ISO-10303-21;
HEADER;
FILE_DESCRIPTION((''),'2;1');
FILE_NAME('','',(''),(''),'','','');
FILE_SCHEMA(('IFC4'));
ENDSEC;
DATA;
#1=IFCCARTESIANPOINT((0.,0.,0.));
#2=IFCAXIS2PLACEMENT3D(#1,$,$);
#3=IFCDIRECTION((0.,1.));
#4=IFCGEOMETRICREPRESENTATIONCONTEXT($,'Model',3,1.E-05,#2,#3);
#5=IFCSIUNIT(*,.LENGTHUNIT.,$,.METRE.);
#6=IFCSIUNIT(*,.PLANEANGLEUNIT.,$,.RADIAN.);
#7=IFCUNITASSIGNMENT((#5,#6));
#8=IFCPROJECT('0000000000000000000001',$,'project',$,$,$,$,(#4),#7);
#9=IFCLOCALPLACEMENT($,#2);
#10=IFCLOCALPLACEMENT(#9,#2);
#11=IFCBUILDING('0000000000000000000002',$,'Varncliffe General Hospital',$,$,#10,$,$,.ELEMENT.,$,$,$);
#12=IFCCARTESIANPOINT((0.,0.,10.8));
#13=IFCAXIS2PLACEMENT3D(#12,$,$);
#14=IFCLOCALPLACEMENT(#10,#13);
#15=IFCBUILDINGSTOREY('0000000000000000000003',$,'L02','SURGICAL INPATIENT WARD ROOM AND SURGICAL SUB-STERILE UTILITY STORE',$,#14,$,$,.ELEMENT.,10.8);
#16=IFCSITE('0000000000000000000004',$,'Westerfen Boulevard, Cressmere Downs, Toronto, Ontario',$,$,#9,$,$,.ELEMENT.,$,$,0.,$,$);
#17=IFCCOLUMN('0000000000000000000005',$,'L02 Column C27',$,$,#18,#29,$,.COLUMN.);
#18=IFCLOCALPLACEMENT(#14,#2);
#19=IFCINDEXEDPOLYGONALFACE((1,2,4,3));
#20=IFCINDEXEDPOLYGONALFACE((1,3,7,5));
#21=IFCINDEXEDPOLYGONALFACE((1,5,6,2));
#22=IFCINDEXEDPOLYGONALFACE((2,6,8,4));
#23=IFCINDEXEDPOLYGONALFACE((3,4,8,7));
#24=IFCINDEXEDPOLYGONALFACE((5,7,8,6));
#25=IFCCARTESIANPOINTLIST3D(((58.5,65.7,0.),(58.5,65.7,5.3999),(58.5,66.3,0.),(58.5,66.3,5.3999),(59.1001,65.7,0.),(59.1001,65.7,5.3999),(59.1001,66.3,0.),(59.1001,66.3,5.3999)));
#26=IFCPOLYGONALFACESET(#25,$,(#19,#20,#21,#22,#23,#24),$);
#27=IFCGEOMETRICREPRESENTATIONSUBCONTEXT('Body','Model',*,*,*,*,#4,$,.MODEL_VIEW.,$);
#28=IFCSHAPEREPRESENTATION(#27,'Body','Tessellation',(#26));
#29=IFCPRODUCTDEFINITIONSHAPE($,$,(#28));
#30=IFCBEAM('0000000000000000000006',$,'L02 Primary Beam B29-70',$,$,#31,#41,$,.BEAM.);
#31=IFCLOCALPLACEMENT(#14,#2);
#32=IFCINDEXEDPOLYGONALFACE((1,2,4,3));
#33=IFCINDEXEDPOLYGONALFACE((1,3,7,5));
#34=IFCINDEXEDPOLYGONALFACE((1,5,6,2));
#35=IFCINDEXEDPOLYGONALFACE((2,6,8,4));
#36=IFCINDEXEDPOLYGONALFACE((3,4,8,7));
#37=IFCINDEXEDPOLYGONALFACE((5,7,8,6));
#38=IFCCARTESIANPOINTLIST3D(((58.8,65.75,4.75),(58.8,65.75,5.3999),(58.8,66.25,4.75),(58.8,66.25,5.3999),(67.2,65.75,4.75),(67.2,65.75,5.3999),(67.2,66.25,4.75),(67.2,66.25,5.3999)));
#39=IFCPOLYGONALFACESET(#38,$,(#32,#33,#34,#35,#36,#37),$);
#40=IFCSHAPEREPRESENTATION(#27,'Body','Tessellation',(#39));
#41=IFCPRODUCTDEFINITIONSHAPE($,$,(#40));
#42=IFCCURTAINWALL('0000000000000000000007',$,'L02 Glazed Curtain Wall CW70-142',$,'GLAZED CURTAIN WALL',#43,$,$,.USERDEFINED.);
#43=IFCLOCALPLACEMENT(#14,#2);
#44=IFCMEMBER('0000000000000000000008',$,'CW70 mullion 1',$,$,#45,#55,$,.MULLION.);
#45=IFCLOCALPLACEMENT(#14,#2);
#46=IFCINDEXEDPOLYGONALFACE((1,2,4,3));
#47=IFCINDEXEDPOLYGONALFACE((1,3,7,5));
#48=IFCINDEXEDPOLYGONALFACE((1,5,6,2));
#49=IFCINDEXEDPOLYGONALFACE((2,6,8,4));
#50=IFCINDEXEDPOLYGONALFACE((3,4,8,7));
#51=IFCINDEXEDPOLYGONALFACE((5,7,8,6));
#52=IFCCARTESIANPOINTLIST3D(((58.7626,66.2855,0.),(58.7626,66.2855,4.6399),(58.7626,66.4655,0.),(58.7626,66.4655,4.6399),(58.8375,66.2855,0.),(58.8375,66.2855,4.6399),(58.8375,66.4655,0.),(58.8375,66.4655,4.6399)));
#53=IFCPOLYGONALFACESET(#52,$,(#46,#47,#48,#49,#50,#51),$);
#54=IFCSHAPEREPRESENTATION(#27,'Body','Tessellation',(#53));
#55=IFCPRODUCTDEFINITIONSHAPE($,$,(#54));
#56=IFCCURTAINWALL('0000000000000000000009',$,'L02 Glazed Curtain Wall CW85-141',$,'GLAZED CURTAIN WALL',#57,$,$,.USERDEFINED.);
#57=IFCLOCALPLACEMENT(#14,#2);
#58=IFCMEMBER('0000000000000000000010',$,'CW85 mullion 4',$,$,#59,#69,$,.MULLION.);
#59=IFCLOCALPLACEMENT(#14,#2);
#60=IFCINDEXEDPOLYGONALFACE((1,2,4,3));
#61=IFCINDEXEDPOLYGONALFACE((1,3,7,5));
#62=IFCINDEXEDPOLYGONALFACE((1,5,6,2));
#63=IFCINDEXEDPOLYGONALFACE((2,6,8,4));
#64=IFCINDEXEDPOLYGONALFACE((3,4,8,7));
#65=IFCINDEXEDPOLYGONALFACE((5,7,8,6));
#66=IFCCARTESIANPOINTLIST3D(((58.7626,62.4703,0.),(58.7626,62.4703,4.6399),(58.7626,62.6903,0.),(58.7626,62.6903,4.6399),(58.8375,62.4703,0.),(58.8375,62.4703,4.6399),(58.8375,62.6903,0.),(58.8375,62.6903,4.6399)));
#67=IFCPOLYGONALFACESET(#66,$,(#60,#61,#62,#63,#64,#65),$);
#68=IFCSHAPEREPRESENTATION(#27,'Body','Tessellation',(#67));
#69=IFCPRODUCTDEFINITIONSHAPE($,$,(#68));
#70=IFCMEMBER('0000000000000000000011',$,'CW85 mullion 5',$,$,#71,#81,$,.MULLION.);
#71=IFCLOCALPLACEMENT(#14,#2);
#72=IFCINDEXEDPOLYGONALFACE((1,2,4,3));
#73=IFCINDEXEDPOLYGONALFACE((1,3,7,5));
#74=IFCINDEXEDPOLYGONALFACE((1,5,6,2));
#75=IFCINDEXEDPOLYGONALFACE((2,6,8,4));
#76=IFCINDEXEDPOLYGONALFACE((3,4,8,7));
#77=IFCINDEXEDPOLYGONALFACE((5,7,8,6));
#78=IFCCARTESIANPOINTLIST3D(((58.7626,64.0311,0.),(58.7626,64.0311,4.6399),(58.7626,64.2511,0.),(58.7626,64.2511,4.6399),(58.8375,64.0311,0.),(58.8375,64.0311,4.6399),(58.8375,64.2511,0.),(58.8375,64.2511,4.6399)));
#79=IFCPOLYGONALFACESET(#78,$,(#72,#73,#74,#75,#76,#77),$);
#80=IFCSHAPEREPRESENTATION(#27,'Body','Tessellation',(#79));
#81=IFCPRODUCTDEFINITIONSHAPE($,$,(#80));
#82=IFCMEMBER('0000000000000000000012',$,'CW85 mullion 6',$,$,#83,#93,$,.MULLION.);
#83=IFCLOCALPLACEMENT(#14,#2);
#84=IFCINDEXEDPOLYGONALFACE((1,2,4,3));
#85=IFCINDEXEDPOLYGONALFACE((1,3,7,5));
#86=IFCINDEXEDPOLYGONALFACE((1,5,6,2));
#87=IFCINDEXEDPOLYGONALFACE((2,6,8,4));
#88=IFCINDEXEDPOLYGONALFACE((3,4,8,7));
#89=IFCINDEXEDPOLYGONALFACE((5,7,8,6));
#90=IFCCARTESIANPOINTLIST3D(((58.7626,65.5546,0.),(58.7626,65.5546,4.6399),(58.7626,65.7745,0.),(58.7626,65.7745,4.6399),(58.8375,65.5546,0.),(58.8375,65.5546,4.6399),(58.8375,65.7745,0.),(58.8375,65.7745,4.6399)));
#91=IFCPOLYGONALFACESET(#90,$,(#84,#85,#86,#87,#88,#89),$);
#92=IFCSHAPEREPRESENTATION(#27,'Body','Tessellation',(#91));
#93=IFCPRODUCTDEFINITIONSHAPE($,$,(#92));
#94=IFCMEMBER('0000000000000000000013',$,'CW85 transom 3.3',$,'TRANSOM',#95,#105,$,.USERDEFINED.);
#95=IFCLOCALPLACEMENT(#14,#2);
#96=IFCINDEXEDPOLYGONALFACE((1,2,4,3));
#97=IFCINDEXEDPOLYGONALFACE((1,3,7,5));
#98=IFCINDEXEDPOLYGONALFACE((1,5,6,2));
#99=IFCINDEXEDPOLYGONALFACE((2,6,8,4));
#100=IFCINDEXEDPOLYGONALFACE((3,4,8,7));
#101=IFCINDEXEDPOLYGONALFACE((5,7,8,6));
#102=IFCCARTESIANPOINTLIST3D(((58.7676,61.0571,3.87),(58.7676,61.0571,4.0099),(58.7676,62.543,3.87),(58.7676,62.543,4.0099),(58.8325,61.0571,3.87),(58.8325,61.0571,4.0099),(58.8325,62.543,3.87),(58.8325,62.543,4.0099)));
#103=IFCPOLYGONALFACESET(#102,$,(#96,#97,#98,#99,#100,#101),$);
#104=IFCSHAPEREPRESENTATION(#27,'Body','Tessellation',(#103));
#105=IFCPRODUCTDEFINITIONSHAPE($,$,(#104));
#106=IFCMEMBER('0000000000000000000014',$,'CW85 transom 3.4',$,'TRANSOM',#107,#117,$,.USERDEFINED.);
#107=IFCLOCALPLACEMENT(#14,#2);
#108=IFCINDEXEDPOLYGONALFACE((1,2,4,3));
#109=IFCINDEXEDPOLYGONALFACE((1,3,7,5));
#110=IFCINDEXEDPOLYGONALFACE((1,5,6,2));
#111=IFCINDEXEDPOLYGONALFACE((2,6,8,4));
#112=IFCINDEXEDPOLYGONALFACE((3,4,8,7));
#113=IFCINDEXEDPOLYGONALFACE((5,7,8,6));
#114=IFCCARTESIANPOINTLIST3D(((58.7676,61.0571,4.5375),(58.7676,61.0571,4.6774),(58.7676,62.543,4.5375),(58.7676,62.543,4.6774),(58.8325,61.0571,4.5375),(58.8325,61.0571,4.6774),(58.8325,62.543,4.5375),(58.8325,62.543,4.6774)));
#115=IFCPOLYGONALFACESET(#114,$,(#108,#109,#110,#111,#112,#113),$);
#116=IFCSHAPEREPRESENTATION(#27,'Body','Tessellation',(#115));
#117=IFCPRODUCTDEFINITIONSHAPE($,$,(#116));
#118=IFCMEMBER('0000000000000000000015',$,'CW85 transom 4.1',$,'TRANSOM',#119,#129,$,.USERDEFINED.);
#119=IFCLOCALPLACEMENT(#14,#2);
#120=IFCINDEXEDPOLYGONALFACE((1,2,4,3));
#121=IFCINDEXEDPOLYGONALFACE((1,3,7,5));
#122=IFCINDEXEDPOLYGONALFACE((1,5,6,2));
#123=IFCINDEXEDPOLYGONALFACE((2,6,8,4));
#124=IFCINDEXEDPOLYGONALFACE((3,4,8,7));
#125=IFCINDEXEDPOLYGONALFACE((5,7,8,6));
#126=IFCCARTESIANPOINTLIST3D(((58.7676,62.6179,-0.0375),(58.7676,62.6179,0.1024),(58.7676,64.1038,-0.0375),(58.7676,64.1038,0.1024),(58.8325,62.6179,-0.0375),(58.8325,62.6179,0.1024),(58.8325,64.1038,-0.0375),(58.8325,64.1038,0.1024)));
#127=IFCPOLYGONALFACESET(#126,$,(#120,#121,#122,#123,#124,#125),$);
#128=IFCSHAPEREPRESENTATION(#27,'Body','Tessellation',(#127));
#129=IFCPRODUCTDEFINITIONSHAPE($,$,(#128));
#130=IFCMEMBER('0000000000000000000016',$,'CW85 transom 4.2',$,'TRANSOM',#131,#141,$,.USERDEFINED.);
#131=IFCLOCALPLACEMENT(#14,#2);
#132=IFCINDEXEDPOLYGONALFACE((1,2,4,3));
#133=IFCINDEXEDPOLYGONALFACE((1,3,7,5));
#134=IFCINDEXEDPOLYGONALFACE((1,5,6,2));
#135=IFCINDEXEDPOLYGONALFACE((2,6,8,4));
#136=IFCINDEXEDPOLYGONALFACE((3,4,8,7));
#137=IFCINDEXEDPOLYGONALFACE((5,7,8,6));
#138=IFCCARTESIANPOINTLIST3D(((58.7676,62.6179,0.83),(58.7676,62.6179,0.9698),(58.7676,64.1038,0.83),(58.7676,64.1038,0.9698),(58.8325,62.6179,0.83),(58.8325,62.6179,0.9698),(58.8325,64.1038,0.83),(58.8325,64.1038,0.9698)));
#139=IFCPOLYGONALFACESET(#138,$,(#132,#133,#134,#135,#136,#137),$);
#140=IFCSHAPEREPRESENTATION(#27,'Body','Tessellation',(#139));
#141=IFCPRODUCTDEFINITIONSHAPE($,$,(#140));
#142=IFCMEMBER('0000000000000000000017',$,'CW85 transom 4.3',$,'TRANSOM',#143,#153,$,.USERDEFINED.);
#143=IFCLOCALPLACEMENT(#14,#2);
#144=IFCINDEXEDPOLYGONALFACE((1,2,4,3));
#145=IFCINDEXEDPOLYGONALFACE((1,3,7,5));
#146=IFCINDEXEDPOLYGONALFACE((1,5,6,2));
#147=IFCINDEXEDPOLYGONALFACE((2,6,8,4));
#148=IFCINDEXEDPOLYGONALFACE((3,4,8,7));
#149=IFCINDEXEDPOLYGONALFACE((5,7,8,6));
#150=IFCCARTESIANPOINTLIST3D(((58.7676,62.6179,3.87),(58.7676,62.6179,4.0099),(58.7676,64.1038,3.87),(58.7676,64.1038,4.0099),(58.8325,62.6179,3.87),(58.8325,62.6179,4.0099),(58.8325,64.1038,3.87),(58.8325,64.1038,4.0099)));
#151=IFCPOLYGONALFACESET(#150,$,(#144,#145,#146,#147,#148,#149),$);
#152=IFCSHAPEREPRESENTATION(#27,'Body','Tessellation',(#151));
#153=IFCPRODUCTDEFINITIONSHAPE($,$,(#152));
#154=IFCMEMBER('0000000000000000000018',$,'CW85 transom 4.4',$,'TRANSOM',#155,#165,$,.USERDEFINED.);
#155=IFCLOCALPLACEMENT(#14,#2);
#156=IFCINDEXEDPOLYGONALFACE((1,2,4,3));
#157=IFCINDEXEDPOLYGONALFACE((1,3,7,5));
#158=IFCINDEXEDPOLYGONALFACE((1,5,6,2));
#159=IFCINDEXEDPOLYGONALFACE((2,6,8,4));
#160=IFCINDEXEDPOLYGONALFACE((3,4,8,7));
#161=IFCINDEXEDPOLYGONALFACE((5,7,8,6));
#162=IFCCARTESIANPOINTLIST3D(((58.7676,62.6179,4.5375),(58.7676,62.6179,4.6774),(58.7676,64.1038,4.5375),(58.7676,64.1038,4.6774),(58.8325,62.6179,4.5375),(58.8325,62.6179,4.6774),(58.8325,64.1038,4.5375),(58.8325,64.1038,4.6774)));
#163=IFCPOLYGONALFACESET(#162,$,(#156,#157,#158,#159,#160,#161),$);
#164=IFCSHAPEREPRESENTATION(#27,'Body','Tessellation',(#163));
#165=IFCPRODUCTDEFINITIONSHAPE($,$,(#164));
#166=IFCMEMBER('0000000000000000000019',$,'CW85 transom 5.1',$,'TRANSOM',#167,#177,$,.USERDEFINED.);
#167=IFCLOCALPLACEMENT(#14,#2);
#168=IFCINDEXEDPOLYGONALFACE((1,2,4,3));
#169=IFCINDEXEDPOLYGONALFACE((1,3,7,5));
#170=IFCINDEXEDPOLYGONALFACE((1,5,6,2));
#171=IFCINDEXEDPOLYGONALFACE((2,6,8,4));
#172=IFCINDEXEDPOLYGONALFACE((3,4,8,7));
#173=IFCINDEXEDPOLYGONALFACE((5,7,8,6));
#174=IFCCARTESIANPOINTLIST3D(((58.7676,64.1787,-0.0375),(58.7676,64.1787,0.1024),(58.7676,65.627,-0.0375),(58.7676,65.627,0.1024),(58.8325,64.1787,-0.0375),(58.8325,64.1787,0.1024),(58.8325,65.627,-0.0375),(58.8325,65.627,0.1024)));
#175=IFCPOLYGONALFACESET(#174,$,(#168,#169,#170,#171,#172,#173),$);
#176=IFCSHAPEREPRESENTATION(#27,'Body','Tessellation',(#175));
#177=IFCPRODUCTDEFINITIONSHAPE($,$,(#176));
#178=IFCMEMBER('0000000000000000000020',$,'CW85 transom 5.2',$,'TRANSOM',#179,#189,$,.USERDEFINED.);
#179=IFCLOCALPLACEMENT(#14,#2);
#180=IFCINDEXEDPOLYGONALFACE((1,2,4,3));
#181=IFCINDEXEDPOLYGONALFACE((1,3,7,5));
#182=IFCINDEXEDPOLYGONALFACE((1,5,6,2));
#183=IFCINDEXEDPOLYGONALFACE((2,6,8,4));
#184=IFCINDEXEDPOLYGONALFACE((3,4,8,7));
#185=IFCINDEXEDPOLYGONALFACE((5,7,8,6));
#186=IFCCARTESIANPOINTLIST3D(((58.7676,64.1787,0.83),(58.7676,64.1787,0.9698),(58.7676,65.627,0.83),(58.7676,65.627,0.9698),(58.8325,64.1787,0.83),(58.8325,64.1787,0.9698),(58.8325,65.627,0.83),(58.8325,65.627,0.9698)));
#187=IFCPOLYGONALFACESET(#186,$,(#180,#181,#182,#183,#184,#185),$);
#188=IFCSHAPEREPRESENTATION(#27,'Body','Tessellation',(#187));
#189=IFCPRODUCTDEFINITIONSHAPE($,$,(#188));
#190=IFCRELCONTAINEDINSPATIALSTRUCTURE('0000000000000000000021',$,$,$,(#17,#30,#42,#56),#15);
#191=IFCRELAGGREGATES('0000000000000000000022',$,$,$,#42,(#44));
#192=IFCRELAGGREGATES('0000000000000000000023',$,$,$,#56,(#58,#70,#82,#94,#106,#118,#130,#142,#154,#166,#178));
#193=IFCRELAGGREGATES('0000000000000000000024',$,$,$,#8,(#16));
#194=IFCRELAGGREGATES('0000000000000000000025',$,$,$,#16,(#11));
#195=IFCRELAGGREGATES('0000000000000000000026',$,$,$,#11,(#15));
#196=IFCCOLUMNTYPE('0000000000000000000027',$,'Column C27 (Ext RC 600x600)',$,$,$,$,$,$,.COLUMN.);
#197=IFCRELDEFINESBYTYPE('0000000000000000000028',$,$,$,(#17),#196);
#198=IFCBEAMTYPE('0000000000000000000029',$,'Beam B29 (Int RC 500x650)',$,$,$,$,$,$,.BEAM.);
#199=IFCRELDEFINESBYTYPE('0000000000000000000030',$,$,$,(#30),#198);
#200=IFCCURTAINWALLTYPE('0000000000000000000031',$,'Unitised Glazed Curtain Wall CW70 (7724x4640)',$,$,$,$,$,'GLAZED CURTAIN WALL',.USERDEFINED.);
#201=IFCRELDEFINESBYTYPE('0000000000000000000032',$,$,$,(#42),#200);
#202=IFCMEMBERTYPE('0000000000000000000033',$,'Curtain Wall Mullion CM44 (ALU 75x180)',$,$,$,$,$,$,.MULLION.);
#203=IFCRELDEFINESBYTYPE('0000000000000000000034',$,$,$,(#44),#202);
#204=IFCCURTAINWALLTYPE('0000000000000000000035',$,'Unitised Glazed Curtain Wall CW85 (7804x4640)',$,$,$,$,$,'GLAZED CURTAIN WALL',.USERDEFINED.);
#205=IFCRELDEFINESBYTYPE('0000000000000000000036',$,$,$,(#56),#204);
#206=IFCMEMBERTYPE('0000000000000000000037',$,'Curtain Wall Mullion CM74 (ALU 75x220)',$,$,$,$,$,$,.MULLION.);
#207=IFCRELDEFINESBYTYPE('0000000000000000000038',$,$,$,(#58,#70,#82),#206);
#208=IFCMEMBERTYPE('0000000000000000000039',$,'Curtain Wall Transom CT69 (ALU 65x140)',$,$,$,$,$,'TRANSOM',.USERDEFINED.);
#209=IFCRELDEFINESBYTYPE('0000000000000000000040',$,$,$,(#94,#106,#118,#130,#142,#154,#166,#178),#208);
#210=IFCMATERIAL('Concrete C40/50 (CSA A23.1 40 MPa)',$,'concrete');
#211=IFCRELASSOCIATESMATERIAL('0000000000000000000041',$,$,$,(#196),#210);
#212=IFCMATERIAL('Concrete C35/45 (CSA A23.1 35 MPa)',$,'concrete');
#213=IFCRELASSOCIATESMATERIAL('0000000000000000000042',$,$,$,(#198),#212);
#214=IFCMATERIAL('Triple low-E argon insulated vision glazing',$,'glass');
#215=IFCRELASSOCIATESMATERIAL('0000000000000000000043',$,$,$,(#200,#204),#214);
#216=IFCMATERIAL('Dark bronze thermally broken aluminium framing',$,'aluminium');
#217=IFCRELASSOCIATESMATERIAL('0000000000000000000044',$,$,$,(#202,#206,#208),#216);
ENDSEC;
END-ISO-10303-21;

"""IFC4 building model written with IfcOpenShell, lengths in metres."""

from ifc_helpers import new_model, si_unit, direction, frame, origin, origin_2d, place, context, subcontext, project, spatial, rectangle, extrude, material, material_profile, profile_set, type_object, element, aggregate, save


model = new_model("IFC4")

# Units and contexts
model_context = context("Model", 3, precision=1e-05, world=origin(), true_north=direction((0.0, 1.0)))
body_context = subcontext(model_context, "Body", "Model", "MODEL_VIEW")
ifc_project = project(units=[si_unit("LENGTHUNIT", "METRE"), si_unit("PLANEANGLEUNIT", "RADIAN")], contexts=[model_context])

# Site, building, storey
site_placement = place(None, origin())
site = spatial("IfcSite", under=ifc_project, at=site_placement, Name="Westerfen Boulevard, Cressmere Downs, Toronto, Ontario", CompositionType="ELEMENT", RefElevation=0.0)
building_placement = place(site_placement, origin())
building = spatial("IfcBuilding", under=site, at=building_placement, Name="Varncliffe General Hospital", CompositionType="ELEMENT")
storey_placement = place(building_placement, frame((0.0, 0.0, 10.8)))
storey = spatial("IfcBuildingStorey", under=building, at=storey_placement, Name="L02", Description="SURGICAL INPATIENT WARD ROOM AND SURGICAL SUB-STERILE UTILITY STORE", CompositionType="ELEMENT", Elevation=10.8)

# Column
ifc_material_1 = material(Name="Concrete C40/50 (CSA A23.1 40 MPa)", Category="concrete")
ifc_material_profile_1 = material_profile(ifc_material_1, rectangle(XDim=0.6001, YDim=0.6001, at=origin_2d()), Name="RC 600x600")
ifc_profile_set_1 = profile_set([ifc_material_profile_1], Name="Concrete C40/50 (CSA A23.1 40 MPa)")
column_type = type_object("IfcColumnType", Name="Column C27 (Ext RC 600x600)", PredefinedType="COLUMN", material=ifc_profile_set_1)
column_placement = place(storey_placement, frame((58.8, 66.0, 0.0), z_axis=(0.0, 0.0, 1.0), x_axis=(1.0, 0.0, 0.0)))
element("IfcColumn", 1, at=column_placement, inside=storey, type_object=column_type, Name="L02 Column C27", PredefinedType="COLUMN", context=body_context, shape_type="SweptSolid", body=[
    extrude(rectangle(XDim=0.6001, YDim=0.6001, at=origin_2d()), origin(), (0.0, 0.0, 1.0), 5.3999),
])

# Beam
ifc_material_2 = material(Name="Concrete C35/45 (CSA A23.1 35 MPa)", Category="concrete")
ifc_material_profile_2 = material_profile(ifc_material_2, rectangle(XDim=0.5, YDim=0.6499, at=origin_2d()), Name="RC 500x650")
ifc_profile_set_2 = profile_set([ifc_material_profile_2], Name="Concrete C35/45 (CSA A23.1 35 MPa)")
beam_type_1 = type_object("IfcBeamType", Name="Beam B29 (Int RC 500x650)", PredefinedType="BEAM", material=ifc_profile_set_2)
beam_1_placement = place(storey_placement, frame((58.8, 66.0, 5.075), z_axis=(1.0, 0.0, 0.0), x_axis=(0.0, 1.0, 0.0)))
element("IfcBeam", 2, at=beam_1_placement, inside=storey, type_object=beam_type_1, Name="L02 Primary Beam B29-70", PredefinedType="BEAM", context=body_context, shape_type="SweptSolid", body=[
    extrude(rectangle(XDim=0.5, YDim=0.6499, at=origin_2d()), origin(), (0.0, 0.0, 1.0), 8.3999),
])

# Curtain wall, member
ifc_material_3 = material(Name="Triple low-E argon insulated vision glazing", Category="glass")
curtain_wall_type_1 = type_object("IfcCurtainWallType", Name="Unitised Glazed Curtain Wall CW70 (7724x4640)", ElementType="GLAZED CURTAIN WALL", PredefinedType="USERDEFINED", material=ifc_material_3)
curtain_wall_1_placement = place(storey_placement, origin())
curtain_wall_1 = element("IfcCurtainWall", 3, at=curtain_wall_1_placement, inside=storey, type_object=curtain_wall_type_1, Name="L02 Glazed Curtain Wall CW70-142", ObjectType="GLAZED CURTAIN WALL", PredefinedType="USERDEFINED")
ifc_material_4 = material(Name="Dark bronze thermally broken aluminium framing", Category="aluminium")
ifc_material_profile_3 = material_profile(ifc_material_4, rectangle(XDim=0.075, YDim=0.1799, at=origin_2d()), Name="ALU 75x180")
ifc_profile_set_3 = profile_set([ifc_material_profile_3], Name="Dark bronze thermally broken aluminium framing")
member_type_1 = type_object("IfcMemberType", Name="Curtain Wall Mullion CM44 (ALU 75x180)", PredefinedType="MULLION", material=ifc_profile_set_3)
member_1_placement = place(storey_placement, frame((58.8, 66.3755, 0.0), z_axis=(0.0, 0.0, 1.0), x_axis=(-1.0, 0.0, 0.0)))
member_1 = element("IfcMember", 4, at=member_1_placement, type_object=member_type_1, Name="CW70 mullion 1", PredefinedType="MULLION", context=body_context, shape_type="SweptSolid", body=[
    extrude(rectangle(XDim=0.075, YDim=0.1799, at=origin_2d()), origin(), (0.0, 0.0, 1.0), 4.6399),
])
aggregate(curtain_wall_1, [member_1])

# Curtain wall, members
curtain_wall_type_2 = type_object("IfcCurtainWallType", Name="Unitised Glazed Curtain Wall CW85 (7804x4640)", ElementType="GLAZED CURTAIN WALL", PredefinedType="USERDEFINED", material=ifc_material_3)
curtain_wall_2_placement = place(storey_placement, origin())
curtain_wall_2 = element("IfcCurtainWall", 5, at=curtain_wall_2_placement, inside=storey, type_object=curtain_wall_type_2, Name="L02 Glazed Curtain Wall CW85-141", ObjectType="GLAZED CURTAIN WALL", PredefinedType="USERDEFINED")
ifc_material_profile_4 = material_profile(ifc_material_4, rectangle(XDim=0.075, YDim=0.22, at=origin_2d()), Name="ALU 75x220")
ifc_profile_set_4 = profile_set([ifc_material_profile_4], Name="Dark bronze thermally broken aluminium framing")
member_type_2 = type_object("IfcMemberType", Name="Curtain Wall Mullion CM74 (ALU 75x220)", PredefinedType="MULLION", material=ifc_profile_set_4)
member_2_placement = place(storey_placement, frame((58.8, 62.5803, 0.0), z_axis=(0.0, 0.0, 1.0), x_axis=(-1.0, 0.0, 0.0)))
member_2 = element("IfcMember", 6, at=member_2_placement, type_object=member_type_2, Name="CW85 mullion 4", PredefinedType="MULLION", context=body_context, shape_type="SweptSolid", body=[
    extrude(rectangle(XDim=0.075, YDim=0.22, at=origin_2d()), origin(), (0.0, 0.0, 1.0), 4.6399),
])
member_3_placement = place(storey_placement, frame((58.8, 64.1411, 0.0), z_axis=(0.0, 0.0, 1.0), x_axis=(-1.0, 0.0, 0.0)))
member_3 = element("IfcMember", 7, at=member_3_placement, type_object=member_type_2, Name="CW85 mullion 5", PredefinedType="MULLION", context=body_context, shape_type="SweptSolid", body=[
    extrude(rectangle(XDim=0.075, YDim=0.22, at=origin_2d()), origin(), (0.0, 0.0, 1.0), 4.6399),
])
member_4_placement = place(storey_placement, frame((58.8, 65.6646, 0.0), z_axis=(0.0, 0.0, 1.0), x_axis=(-1.0, 0.0, 0.0)))
member_4 = element("IfcMember", 8, at=member_4_placement, type_object=member_type_2, Name="CW85 mullion 6", PredefinedType="MULLION", context=body_context, shape_type="SweptSolid", body=[
    extrude(rectangle(XDim=0.075, YDim=0.22, at=origin_2d()), origin(), (0.0, 0.0, 1.0), 4.6399),
])
ifc_material_profile_5 = material_profile(ifc_material_4, rectangle(XDim=0.0649, YDim=0.1399, at=origin_2d()), Name="ALU 65x140")
ifc_profile_set_5 = profile_set([ifc_material_profile_5], Name="Dark bronze thermally broken aluminium framing")
member_type_3 = type_object("IfcMemberType", Name="Curtain Wall Transom CT69 (ALU 65x140)", ElementType="TRANSOM", PredefinedType="USERDEFINED", material=ifc_profile_set_5)
member_5_placement = place(storey_placement, frame((58.8, 61.0571, 3.9399), z_axis=(0.0, 1.0, 0.0), x_axis=(-1.0, 0.0, 0.0)))
member_5 = element("IfcMember", 9, at=member_5_placement, type_object=member_type_3, Name="CW85 transom 3.3", ObjectType="TRANSOM", PredefinedType="USERDEFINED", context=body_context, shape_type="SweptSolid", body=[
    extrude(rectangle(XDim=0.0649, YDim=0.1399, at=origin_2d()), origin(), (0.0, 0.0, 1.0), 1.4858),
])
member_6_placement = place(storey_placement, frame((58.8, 61.0571, 4.6074), z_axis=(0.0, 1.0, 0.0), x_axis=(-1.0, 0.0, 0.0)))
member_6 = element("IfcMember", 10, at=member_6_placement, type_object=member_type_3, Name="CW85 transom 3.4", ObjectType="TRANSOM", PredefinedType="USERDEFINED", context=body_context, shape_type="SweptSolid", body=[
    extrude(rectangle(XDim=0.0649, YDim=0.1399, at=origin_2d()), origin(), (0.0, 0.0, 1.0), 1.4858),
])
member_7_placement = place(storey_placement, frame((58.8, 62.6179, 0.0325), z_axis=(0.0, 1.0, 0.0), x_axis=(-1.0, 0.0, 0.0)))
member_7 = element("IfcMember", 11, at=member_7_placement, type_object=member_type_3, Name="CW85 transom 4.1", ObjectType="TRANSOM", PredefinedType="USERDEFINED", context=body_context, shape_type="SweptSolid", body=[
    extrude(rectangle(XDim=0.0649, YDim=0.1399, at=origin_2d()), origin(), (0.0, 0.0, 1.0), 1.4858),
])
member_8_placement = place(storey_placement, frame((58.8, 62.6179, 0.8999), z_axis=(0.0, 1.0, 0.0), x_axis=(-1.0, 0.0, 0.0)))
member_8 = element("IfcMember", 12, at=member_8_placement, type_object=member_type_3, Name="CW85 transom 4.2", ObjectType="TRANSOM", PredefinedType="USERDEFINED", context=body_context, shape_type="SweptSolid", body=[
    extrude(rectangle(XDim=0.0649, YDim=0.1399, at=origin_2d()), origin(), (0.0, 0.0, 1.0), 1.4858),
])
member_9_placement = place(storey_placement, frame((58.8, 62.6179, 3.9399), z_axis=(0.0, 1.0, 0.0), x_axis=(-1.0, 0.0, 0.0)))
member_9 = element("IfcMember", 13, at=member_9_placement, type_object=member_type_3, Name="CW85 transom 4.3", ObjectType="TRANSOM", PredefinedType="USERDEFINED", context=body_context, shape_type="SweptSolid", body=[
    extrude(rectangle(XDim=0.0649, YDim=0.1399, at=origin_2d()), origin(), (0.0, 0.0, 1.0), 1.4858),
])
member_10_placement = place(storey_placement, frame((58.8, 62.6179, 4.6074), z_axis=(0.0, 1.0, 0.0), x_axis=(-1.0, 0.0, 0.0)))
member_10 = element("IfcMember", 14, at=member_10_placement, type_object=member_type_3, Name="CW85 transom 4.4", ObjectType="TRANSOM", PredefinedType="USERDEFINED", context=body_context, shape_type="SweptSolid", body=[
    extrude(rectangle(XDim=0.0649, YDim=0.1399, at=origin_2d()), origin(), (0.0, 0.0, 1.0), 1.4858),
])
member_11_placement = place(storey_placement, frame((58.8, 64.1787, 0.0325), z_axis=(0.0, 1.0, 0.0), x_axis=(-1.0, 0.0, 0.0)))
member_11 = element("IfcMember", 15, at=member_11_placement, type_object=member_type_3, Name="CW85 transom 5.1", ObjectType="TRANSOM", PredefinedType="USERDEFINED", context=body_context, shape_type="SweptSolid", body=[
    extrude(rectangle(XDim=0.0649, YDim=0.1399, at=origin_2d()), origin(), (0.0, 0.0, 1.0), 1.4482),
])
member_12_placement = place(storey_placement, frame((58.8, 64.1787, 0.8999), z_axis=(0.0, 1.0, 0.0), x_axis=(-1.0, 0.0, 0.0)))
member_12 = element("IfcMember", 16, at=member_12_placement, type_object=member_type_3, Name="CW85 transom 5.2", ObjectType="TRANSOM", PredefinedType="USERDEFINED", context=body_context, shape_type="SweptSolid", body=[
    extrude(rectangle(XDim=0.0649, YDim=0.1399, at=origin_2d()), origin(), (0.0, 0.0, 1.0), 1.4482),
])

aggregate(curtain_wall_2, [member_2, member_3, member_4, member_5, member_6, member_7, member_8, member_9, member_10, member_11, member_12])

save(model, "model.ifc")
